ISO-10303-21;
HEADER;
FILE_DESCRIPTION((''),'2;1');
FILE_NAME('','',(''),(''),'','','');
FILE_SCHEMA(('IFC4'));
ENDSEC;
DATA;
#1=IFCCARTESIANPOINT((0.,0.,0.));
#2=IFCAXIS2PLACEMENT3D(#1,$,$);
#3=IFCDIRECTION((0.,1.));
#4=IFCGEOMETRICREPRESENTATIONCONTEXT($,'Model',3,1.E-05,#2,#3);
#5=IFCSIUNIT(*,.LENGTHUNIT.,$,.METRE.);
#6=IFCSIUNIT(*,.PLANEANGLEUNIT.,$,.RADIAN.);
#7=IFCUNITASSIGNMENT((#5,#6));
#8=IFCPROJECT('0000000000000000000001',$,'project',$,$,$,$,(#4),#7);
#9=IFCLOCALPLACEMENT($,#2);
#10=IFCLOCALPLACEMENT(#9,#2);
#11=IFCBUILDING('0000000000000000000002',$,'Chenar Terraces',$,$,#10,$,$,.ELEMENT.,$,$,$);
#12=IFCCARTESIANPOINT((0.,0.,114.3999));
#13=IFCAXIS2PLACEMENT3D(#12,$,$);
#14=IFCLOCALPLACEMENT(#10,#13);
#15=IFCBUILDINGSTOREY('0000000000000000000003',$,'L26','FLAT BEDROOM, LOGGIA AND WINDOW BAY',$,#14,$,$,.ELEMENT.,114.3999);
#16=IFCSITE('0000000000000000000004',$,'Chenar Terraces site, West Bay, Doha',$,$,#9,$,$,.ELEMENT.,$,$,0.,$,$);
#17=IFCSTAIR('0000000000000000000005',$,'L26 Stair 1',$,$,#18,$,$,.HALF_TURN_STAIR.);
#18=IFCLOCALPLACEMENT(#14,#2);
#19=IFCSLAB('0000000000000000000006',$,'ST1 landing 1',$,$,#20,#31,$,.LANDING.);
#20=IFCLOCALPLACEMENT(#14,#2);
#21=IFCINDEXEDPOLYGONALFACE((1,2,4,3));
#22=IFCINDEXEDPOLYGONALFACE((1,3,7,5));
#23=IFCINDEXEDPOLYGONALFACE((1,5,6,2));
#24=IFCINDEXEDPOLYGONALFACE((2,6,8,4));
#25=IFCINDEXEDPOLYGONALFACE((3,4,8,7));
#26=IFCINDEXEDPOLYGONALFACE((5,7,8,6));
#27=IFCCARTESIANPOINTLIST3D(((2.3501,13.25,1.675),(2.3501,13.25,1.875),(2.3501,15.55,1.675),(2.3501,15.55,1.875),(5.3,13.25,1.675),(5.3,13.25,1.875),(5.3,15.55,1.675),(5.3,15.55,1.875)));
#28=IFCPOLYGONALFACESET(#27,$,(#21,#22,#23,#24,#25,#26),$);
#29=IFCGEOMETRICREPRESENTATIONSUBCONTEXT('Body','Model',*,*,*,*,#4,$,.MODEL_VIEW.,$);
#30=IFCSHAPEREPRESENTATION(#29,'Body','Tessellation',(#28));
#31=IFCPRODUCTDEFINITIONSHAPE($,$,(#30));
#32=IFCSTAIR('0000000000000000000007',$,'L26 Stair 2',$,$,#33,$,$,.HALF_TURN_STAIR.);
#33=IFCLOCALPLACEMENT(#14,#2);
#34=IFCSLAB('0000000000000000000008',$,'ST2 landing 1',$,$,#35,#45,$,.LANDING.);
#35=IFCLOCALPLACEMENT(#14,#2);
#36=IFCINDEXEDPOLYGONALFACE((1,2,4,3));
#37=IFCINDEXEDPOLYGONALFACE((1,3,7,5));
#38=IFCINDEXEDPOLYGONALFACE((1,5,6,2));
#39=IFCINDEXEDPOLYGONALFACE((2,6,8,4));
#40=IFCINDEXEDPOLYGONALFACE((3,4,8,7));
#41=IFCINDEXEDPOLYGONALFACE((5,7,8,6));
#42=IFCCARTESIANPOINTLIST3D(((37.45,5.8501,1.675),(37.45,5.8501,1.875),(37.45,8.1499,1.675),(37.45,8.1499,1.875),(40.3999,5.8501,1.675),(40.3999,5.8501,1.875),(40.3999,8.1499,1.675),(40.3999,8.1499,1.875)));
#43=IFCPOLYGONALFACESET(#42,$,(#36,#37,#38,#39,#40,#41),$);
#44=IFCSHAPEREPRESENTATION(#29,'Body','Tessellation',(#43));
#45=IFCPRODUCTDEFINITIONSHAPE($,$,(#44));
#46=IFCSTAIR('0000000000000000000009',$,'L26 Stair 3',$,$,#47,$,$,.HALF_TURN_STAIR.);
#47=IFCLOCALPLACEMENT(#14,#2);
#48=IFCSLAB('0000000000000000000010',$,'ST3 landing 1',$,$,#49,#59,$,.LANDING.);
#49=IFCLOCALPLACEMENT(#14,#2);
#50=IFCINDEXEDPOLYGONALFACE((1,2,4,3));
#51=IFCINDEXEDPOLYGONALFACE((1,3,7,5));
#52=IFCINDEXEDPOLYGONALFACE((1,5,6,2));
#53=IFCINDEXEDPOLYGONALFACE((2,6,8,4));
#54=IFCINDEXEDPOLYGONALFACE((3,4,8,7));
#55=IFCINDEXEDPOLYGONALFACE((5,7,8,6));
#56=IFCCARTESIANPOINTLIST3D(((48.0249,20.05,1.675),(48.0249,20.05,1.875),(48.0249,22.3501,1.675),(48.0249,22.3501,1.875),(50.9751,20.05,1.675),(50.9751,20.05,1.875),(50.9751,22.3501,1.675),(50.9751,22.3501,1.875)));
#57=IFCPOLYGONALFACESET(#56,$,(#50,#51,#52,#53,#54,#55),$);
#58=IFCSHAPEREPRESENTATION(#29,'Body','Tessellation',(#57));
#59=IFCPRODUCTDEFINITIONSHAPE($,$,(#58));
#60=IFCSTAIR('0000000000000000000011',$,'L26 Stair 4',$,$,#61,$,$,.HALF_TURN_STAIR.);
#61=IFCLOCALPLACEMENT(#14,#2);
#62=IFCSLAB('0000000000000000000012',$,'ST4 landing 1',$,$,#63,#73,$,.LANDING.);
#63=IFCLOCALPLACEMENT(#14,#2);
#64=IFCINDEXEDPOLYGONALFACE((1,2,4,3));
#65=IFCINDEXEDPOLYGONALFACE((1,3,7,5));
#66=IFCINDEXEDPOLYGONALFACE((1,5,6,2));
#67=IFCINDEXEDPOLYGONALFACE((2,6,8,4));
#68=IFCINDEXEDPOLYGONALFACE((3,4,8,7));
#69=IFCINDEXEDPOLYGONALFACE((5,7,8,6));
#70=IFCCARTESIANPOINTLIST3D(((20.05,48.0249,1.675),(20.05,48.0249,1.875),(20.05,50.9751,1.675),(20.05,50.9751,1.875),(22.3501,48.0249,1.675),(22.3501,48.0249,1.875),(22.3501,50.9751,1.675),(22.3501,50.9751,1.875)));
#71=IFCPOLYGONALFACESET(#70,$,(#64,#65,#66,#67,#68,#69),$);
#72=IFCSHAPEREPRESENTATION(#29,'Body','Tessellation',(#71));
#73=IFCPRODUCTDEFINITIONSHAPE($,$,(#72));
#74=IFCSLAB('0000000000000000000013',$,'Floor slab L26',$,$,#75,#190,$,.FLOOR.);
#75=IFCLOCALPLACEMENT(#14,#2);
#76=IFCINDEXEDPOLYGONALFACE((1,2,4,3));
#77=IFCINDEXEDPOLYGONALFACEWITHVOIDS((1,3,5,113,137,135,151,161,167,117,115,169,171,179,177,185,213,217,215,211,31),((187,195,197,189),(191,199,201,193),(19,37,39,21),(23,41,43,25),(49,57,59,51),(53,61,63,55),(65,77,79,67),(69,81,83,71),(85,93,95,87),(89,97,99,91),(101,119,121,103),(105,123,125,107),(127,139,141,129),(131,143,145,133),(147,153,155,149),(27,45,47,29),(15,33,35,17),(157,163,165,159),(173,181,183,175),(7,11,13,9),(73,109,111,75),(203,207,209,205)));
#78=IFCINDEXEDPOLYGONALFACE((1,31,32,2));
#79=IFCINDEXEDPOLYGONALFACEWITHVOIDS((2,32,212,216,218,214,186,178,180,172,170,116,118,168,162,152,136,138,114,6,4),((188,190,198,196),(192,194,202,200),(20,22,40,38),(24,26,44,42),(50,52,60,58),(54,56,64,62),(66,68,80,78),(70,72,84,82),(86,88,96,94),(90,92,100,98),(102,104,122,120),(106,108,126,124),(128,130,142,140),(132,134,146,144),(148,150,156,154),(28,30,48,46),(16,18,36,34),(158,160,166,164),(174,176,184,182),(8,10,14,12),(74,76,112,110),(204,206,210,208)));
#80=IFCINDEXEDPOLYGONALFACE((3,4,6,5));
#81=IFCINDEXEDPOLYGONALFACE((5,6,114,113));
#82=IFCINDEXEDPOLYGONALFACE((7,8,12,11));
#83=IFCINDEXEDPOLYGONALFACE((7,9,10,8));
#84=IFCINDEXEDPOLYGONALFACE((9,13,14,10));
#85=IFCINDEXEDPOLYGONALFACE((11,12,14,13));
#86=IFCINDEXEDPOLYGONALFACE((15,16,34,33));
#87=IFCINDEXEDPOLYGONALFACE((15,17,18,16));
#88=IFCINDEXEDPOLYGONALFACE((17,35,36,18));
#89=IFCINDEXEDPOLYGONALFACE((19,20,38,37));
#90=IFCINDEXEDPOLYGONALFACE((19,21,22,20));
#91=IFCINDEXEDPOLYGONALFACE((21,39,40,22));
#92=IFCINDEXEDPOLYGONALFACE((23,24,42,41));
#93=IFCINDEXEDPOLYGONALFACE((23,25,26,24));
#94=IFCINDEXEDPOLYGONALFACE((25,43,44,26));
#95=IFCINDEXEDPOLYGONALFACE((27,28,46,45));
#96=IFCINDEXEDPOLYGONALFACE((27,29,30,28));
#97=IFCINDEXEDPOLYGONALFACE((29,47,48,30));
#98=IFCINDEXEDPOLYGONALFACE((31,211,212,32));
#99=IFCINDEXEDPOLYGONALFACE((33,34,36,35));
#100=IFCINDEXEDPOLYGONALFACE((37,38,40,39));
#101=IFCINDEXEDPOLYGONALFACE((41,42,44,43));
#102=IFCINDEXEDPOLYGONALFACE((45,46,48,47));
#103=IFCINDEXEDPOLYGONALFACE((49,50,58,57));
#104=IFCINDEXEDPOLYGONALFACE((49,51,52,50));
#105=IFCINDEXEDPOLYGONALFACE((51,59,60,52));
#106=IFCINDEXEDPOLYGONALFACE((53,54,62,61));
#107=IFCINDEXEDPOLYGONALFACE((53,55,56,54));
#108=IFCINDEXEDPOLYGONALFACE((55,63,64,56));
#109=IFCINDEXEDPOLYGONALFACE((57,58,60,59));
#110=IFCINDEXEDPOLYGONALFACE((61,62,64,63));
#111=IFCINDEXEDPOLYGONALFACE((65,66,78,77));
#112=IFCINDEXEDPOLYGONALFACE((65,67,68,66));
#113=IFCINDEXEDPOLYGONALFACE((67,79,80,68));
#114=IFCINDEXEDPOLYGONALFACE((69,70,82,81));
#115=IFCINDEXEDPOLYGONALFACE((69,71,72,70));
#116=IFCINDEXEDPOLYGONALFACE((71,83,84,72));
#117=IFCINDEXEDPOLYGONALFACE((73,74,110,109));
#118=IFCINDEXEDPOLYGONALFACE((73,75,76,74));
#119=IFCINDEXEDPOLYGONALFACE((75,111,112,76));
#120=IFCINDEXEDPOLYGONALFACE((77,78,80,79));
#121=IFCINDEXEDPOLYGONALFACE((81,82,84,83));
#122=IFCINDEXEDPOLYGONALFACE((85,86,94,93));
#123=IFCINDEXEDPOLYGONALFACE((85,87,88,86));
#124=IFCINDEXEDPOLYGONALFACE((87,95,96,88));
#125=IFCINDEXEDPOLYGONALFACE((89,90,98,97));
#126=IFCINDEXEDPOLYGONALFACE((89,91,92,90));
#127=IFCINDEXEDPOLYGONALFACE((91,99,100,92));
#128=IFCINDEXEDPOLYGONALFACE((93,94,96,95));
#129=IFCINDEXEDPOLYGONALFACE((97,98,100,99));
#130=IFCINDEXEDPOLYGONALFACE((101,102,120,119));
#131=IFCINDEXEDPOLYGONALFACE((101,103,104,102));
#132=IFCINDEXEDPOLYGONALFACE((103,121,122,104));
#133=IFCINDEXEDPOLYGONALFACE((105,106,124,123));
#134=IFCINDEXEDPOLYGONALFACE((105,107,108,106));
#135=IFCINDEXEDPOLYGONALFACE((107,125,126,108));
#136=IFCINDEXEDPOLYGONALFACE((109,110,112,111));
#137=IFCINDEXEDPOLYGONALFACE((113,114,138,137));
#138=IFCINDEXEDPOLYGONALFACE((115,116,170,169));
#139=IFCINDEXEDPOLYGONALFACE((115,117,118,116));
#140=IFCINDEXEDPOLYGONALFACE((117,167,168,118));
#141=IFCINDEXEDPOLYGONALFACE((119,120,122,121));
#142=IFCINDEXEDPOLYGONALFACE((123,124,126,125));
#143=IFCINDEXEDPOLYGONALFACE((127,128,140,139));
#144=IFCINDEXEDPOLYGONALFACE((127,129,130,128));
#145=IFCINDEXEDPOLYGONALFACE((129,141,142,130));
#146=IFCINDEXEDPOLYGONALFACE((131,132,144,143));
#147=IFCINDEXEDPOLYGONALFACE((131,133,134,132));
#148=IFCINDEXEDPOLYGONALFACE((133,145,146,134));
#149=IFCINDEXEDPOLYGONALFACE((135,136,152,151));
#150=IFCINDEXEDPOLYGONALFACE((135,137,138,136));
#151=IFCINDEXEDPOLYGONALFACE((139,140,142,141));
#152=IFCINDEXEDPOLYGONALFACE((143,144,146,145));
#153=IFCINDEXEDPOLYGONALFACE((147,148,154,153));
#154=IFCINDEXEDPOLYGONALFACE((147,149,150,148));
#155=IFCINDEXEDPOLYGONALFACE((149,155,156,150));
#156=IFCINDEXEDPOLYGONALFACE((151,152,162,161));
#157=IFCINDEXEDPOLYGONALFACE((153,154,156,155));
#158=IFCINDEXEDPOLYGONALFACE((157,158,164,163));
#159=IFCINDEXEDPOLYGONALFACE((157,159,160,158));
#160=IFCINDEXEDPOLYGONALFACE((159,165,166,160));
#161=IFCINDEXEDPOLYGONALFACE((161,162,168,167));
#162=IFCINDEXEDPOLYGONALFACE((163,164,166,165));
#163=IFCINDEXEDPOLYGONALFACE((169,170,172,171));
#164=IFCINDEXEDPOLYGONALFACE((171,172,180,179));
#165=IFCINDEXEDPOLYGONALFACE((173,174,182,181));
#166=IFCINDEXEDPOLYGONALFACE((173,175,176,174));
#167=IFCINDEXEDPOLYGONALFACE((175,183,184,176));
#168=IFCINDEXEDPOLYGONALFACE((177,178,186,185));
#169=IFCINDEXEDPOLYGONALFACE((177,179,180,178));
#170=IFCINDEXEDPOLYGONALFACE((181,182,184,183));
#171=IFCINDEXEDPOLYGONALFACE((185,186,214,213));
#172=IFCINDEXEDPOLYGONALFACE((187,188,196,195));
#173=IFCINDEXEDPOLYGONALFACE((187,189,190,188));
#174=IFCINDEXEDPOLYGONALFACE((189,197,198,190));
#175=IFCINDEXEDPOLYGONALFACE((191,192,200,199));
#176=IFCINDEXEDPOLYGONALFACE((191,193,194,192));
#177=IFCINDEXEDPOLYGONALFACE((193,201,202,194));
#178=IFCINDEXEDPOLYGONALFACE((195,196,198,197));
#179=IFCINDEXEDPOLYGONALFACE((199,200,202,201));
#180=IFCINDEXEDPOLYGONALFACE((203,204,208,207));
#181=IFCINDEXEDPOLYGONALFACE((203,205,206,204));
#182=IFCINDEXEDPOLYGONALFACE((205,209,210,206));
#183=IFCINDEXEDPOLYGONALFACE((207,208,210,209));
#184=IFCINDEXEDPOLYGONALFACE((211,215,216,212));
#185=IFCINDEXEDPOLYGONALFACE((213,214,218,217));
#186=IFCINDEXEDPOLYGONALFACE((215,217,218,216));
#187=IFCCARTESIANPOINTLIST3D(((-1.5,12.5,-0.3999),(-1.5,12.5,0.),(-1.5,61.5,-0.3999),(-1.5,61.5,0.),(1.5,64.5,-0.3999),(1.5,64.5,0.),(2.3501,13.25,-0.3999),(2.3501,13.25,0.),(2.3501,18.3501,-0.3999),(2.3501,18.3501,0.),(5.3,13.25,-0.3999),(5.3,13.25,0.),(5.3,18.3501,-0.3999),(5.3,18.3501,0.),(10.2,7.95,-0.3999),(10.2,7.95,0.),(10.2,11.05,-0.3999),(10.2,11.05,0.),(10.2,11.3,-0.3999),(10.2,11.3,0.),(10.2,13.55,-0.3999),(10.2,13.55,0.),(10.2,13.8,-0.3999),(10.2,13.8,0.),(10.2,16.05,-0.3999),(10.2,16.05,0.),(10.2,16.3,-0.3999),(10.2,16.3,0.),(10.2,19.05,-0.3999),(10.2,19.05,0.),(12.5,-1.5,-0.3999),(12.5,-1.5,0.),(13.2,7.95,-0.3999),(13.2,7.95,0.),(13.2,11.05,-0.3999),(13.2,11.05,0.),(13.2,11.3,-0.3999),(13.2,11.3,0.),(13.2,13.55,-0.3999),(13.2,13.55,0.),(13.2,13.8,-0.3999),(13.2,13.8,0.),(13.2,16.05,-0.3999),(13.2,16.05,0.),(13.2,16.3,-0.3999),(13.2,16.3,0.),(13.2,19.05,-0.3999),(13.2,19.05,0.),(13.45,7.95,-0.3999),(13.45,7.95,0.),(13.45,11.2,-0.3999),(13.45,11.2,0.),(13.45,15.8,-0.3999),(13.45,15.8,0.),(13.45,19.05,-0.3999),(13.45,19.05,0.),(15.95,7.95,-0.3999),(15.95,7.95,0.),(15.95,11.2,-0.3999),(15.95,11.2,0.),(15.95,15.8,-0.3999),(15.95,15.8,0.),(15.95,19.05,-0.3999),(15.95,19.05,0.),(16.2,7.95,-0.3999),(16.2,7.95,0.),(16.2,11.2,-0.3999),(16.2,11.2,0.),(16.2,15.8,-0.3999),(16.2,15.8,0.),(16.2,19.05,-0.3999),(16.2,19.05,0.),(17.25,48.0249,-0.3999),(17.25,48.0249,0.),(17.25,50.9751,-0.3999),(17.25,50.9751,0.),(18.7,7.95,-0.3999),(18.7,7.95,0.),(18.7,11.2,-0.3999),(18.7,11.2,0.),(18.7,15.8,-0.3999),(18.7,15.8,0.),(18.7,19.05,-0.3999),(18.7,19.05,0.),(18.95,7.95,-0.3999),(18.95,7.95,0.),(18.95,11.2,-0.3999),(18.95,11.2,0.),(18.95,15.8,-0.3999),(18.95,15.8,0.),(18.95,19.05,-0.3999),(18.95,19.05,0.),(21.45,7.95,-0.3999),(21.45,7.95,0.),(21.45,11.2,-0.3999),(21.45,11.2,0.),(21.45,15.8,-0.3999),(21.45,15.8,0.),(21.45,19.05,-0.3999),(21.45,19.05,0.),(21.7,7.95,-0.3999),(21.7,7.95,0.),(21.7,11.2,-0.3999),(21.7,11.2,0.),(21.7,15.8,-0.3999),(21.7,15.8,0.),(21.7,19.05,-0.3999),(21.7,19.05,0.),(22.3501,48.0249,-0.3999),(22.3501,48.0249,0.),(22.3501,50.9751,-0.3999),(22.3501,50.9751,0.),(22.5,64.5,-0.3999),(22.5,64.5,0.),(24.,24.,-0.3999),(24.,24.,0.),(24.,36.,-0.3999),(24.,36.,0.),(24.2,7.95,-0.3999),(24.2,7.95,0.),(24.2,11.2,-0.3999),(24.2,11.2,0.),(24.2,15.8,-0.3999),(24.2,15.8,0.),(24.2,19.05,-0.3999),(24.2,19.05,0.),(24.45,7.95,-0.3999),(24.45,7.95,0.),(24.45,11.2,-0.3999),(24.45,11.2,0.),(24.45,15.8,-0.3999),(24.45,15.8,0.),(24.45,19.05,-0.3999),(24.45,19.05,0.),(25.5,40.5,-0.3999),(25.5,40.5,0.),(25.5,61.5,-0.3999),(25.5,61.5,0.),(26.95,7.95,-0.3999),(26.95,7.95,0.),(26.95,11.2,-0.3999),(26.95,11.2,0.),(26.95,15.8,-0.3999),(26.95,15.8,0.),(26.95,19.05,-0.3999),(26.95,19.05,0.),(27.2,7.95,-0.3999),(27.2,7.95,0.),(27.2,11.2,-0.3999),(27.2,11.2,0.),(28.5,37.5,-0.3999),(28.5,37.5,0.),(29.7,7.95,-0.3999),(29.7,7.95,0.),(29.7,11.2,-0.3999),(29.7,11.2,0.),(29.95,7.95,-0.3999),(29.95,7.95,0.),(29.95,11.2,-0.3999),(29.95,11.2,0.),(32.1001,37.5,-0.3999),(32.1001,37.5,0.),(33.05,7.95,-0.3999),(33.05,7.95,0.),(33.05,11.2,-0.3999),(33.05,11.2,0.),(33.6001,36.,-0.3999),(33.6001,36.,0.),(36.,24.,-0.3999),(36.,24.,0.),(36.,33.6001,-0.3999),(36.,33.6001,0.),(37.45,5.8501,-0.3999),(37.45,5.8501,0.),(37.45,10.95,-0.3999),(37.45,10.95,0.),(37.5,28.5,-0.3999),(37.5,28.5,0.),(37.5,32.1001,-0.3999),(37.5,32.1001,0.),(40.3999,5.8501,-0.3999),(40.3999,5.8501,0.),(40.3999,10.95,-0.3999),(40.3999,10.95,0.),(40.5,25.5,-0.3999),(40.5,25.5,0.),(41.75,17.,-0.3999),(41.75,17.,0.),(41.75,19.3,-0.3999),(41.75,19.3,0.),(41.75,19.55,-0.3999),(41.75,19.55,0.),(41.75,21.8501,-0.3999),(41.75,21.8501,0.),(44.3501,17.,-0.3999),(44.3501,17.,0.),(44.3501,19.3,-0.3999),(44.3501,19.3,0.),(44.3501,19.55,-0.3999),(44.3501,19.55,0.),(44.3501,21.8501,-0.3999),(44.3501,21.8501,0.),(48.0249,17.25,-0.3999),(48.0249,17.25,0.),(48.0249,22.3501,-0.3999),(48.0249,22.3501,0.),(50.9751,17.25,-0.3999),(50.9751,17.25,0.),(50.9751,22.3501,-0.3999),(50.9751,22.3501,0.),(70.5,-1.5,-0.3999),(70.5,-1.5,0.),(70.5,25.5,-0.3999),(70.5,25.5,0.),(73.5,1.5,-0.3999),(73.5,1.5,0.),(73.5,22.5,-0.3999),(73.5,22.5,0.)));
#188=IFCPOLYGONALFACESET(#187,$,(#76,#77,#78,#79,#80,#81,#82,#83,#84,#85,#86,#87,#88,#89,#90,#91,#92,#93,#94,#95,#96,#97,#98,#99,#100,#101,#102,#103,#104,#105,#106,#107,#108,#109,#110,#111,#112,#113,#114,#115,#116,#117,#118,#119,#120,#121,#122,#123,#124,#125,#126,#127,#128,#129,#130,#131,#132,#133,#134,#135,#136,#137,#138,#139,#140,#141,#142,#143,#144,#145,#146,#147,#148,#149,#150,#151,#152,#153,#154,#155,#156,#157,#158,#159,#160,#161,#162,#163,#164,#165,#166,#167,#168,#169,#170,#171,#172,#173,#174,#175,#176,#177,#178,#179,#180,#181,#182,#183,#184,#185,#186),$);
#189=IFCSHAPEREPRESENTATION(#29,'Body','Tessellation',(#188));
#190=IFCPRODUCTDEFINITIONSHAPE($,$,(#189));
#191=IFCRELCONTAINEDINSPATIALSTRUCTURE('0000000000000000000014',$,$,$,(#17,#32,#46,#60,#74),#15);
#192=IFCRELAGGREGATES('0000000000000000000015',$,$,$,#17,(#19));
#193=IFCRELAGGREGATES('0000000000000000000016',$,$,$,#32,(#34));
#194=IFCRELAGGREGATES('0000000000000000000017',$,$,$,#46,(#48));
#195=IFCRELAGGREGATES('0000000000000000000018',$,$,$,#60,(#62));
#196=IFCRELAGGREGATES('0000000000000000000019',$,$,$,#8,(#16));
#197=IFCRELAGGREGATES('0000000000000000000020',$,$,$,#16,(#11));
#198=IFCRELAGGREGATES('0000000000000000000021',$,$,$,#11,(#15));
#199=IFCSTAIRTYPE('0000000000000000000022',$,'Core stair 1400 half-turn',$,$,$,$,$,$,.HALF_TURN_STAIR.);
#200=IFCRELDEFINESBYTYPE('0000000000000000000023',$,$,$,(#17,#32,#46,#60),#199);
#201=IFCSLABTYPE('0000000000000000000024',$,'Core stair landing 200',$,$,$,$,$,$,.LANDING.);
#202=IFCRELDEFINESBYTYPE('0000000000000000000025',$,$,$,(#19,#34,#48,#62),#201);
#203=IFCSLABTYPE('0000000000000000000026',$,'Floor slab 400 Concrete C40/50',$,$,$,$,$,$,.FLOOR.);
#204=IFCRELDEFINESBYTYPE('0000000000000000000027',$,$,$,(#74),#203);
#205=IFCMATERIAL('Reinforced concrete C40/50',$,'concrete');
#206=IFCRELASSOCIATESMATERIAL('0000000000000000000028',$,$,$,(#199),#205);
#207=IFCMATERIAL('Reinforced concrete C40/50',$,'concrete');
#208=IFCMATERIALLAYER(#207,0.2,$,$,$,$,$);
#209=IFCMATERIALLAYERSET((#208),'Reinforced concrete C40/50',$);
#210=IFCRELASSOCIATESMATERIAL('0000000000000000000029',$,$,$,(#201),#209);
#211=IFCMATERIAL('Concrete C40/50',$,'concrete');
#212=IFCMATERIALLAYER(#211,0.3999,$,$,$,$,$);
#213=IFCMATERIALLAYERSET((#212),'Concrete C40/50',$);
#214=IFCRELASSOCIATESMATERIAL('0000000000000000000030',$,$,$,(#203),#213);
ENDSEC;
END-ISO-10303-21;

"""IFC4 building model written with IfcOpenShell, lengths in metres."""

from ifc_helpers import new_model, si_unit, direction, frame, origin, place, context, subcontext, project, spatial, polyline, outline, extrude, material, layer, layer_set, type_object, element, aggregate, save


model = new_model("IFC4")

# Units and contexts
model_context = context("Model", 3, precision=1e-05, world=origin(), true_north=direction((0.0, 1.0)))
body_context = subcontext(model_context, "Body", "Model", "MODEL_VIEW")
ifc_project = project(units=[si_unit("LENGTHUNIT", "METRE"), si_unit("PLANEANGLEUNIT", "RADIAN")], contexts=[model_context])

# Site, building, storey
site_placement = place(None, origin())
site = spatial("IfcSite", under=ifc_project, at=site_placement, Name="Chenar Terraces site, West Bay, Doha", CompositionType="ELEMENT", RefElevation=0.0)
building_placement = place(site_placement, origin())
building = spatial("IfcBuilding", under=site, at=building_placement, Name="Chenar Terraces", CompositionType="ELEMENT")
storey_placement = place(building_placement, frame((0.0, 0.0, 114.3999)))
storey = spatial("IfcBuildingStorey", under=building, at=storey_placement, Name="L26", Description="FLAT BEDROOM, LOGGIA AND WINDOW BAY", CompositionType="ELEMENT", Elevation=114.3999)

# Stairs, slabs
ifc_material_1 = material(Name="Reinforced concrete C40/50", Category="concrete")
stair_type = type_object("IfcStairType", Name="Core stair 1400 half-turn", PredefinedType="HALF_TURN_STAIR", material=ifc_material_1)
placement_1 = place(storey_placement, origin())
stair_1 = element("IfcStair", 1, at=placement_1, inside=storey, type_object=stair_type, Name="L26 Stair 1", PredefinedType="HALF_TURN_STAIR")
ifc_material_2 = material(Name="Reinforced concrete C40/50", Category="concrete")
ifc_layer_1 = layer(ifc_material_2, 0.2)
ifc_layer_set_1 = layer_set([ifc_layer_1], Name="Reinforced concrete C40/50")
slab_type_1 = type_object("IfcSlabType", Name="Core stair landing 200", PredefinedType="LANDING", material=ifc_layer_set_1)
placement_2 = place(storey_placement, frame((0.0, 0.0, 1.675)))
slab_1 = element("IfcSlab", 2, at=placement_2, type_object=slab_type_1, Name="ST1 landing 1", PredefinedType="LANDING", context=body_context, shape_type="SweptSolid", body=[
    extrude(outline(polyline([(2.3501, 15.55), (2.3501, 13.25), (5.3, 13.25), (5.3, 15.55), (2.3501, 15.55)])), origin(), (0.0, 0.0, 1.0), 0.2),
])
aggregate(stair_1, [slab_1])
stair_2 = element("IfcStair", 3, at=placement_1, inside=storey, type_object=stair_type, Name="L26 Stair 2", PredefinedType="HALF_TURN_STAIR")
slab_2 = element("IfcSlab", 4, at=placement_2, type_object=slab_type_1, Name="ST2 landing 1", PredefinedType="LANDING", context=body_context, shape_type="SweptSolid", body=[
    extrude(outline(polyline([(37.45, 8.1499), (37.45, 5.8501), (40.3999, 5.8501), (40.3999, 8.1499), (37.45, 8.1499)])), origin(), (0.0, 0.0, 1.0), 0.2),
])
aggregate(stair_2, [slab_2])
stair_3 = element("IfcStair", 5, at=placement_1, inside=storey, type_object=stair_type, Name="L26 Stair 3", PredefinedType="HALF_TURN_STAIR")
slab_3 = element("IfcSlab", 6, at=placement_2, type_object=slab_type_1, Name="ST3 landing 1", PredefinedType="LANDING", context=body_context, shape_type="SweptSolid", body=[
    extrude(outline(polyline([(50.9751, 20.05), (50.9751, 22.3501), (48.0249, 22.3501), (48.0249, 20.05), (50.9751, 20.05)])), origin(), (0.0, 0.0, 1.0), 0.2),
])
aggregate(stair_3, [slab_3])
stair_4 = element("IfcStair", 7, at=placement_1, inside=storey, type_object=stair_type, Name="L26 Stair 4", PredefinedType="HALF_TURN_STAIR")
slab_4 = element("IfcSlab", 8, at=placement_2, type_object=slab_type_1, Name="ST4 landing 1", PredefinedType="LANDING", context=body_context, shape_type="SweptSolid", body=[
    extrude(outline(polyline([(20.05, 48.0249), (22.3501, 48.0249), (22.3501, 50.9751), (20.05, 50.9751), (20.05, 48.0249)])), origin(), (0.0, 0.0, 1.0), 0.2),
])
aggregate(stair_4, [slab_4])

# Slab
ifc_material_3 = material(Name="Concrete C40/50", Category="concrete")
ifc_layer_2 = layer(ifc_material_3, 0.3999)
ifc_layer_set_2 = layer_set([ifc_layer_2], Name="Concrete C40/50")
slab_type_2 = type_object("IfcSlabType", Name="Floor slab 400 Concrete C40/50", PredefinedType="FLOOR", material=ifc_layer_set_2)
slab_5_placement = place(storey_placement, frame((0.0, 0.0, -0.3999)))
element("IfcSlab", 9, at=slab_5_placement, inside=storey, type_object=slab_type_2, Name="Floor slab L26", PredefinedType="FLOOR", context=body_context, shape_type="SweptSolid", body=[
    extrude(outline(polyline([(73.5, 22.5), (73.5, 1.5), (70.5, -1.5), (12.5, -1.5), (-1.5, 12.5), (-1.5, 61.5), (1.5, 64.5), (22.5, 64.5), (25.5, 61.5), (25.5, 40.5), (28.5, 37.5), (32.1001, 37.5), (33.6001, 36.0), (24.0, 36.0), (24.0, 24.0), (36.0, 24.0), (36.0, 33.6001), (37.5, 32.1001), (37.5, 28.5), (40.5, 25.5), (70.5, 25.5), (73.5, 22.5)]), holes=[polyline([(13.2, 11.05), (10.2, 11.05), (10.2, 7.95), (13.2, 7.95), (13.2, 11.05)]), polyline([(15.95, 11.2), (13.45, 11.2), (13.45, 7.95), (15.95, 7.95), (15.95, 11.2)]), polyline([(18.7, 11.2), (16.2, 11.2), (16.2, 7.95), (18.7, 7.95), (18.7, 11.2)]), polyline([(21.45, 7.95), (21.45, 11.2), (18.95, 11.2), (18.95, 7.95), (21.45, 7.95)]), polyline([(13.2, 11.3), (13.2, 13.55), (10.2, 13.55), (10.2, 11.3), (13.2, 11.3)]), polyline([(13.2, 16.05), (10.2, 16.05), (10.2, 13.8), (13.2, 13.8), (13.2, 16.05)]), polyline([(2.3501, 18.3501), (2.3501, 13.25), (5.3, 13.25), (5.3, 18.3501), (2.3501, 18.3501)]), polyline([(15.95, 15.8), (15.95, 19.05), (13.45, 19.05), (13.45, 15.8), (15.95, 15.8)]), polyline([(18.7, 19.05), (16.2, 19.05), (16.2, 15.8), (18.7, 15.8), (18.7, 19.05)]), polyline([(21.45, 15.8), (21.45, 19.05), (18.95, 19.05), (18.95, 15.8), (21.45, 15.8)]), polyline([(13.2, 16.3), (13.2, 19.05), (10.2, 19.05), (10.2, 16.3), (13.2, 16.3)]), polyline([(22.3501, 48.0249), (22.3501, 50.9751), (17.25, 50.9751), (17.25, 48.0249), (22.3501, 48.0249)]), polyline([(37.45, 10.95), (37.45, 5.8501), (40.3999, 5.8501), (40.3999, 10.95), (37.45, 10.95)]), polyline([(24.2, 7.95), (24.2, 11.2), (21.7, 11.2), (21.7, 7.95), (24.2, 7.95)]), polyline([(26.95, 11.2), (24.45, 11.2), (24.45, 7.95), (26.95, 7.95), (26.95, 11.2)]), polyline([(29.7, 7.95), (29.7, 11.2), (27.2, 11.2), (27.2, 7.95), (29.7, 7.95)]), polyline([(33.05, 7.95), (33.05, 11.2), (29.95, 11.2), (29.95, 7.95), (33.05, 7.95)]), polyline([(24.2, 19.05), (21.7, 19.05), (21.7, 15.8), (24.2, 15.8), (24.2, 19.05)]), polyline([(26.95, 15.8), (26.95, 19.05), (24.45, 19.05), (24.45, 15.8), (26.95, 15.8)]), polyline([(44.3501, 17.0), (44.3501, 19.3), (41.75, 19.3), (41.75, 17.0), (44.3501, 17.0)]), polyline([(50.9751, 22.3501), (48.0249, 22.3501), (48.0249, 17.25), (50.9751, 17.25), (50.9751, 22.3501)]), polyline([(44.3501, 19.55), (44.3501, 21.8501), (41.75, 21.8501), (41.75, 19.55), (44.3501, 19.55)])]), origin(), (0.0, 0.0, 1.0), 0.3999),
])

save(model, "model.ifc")
